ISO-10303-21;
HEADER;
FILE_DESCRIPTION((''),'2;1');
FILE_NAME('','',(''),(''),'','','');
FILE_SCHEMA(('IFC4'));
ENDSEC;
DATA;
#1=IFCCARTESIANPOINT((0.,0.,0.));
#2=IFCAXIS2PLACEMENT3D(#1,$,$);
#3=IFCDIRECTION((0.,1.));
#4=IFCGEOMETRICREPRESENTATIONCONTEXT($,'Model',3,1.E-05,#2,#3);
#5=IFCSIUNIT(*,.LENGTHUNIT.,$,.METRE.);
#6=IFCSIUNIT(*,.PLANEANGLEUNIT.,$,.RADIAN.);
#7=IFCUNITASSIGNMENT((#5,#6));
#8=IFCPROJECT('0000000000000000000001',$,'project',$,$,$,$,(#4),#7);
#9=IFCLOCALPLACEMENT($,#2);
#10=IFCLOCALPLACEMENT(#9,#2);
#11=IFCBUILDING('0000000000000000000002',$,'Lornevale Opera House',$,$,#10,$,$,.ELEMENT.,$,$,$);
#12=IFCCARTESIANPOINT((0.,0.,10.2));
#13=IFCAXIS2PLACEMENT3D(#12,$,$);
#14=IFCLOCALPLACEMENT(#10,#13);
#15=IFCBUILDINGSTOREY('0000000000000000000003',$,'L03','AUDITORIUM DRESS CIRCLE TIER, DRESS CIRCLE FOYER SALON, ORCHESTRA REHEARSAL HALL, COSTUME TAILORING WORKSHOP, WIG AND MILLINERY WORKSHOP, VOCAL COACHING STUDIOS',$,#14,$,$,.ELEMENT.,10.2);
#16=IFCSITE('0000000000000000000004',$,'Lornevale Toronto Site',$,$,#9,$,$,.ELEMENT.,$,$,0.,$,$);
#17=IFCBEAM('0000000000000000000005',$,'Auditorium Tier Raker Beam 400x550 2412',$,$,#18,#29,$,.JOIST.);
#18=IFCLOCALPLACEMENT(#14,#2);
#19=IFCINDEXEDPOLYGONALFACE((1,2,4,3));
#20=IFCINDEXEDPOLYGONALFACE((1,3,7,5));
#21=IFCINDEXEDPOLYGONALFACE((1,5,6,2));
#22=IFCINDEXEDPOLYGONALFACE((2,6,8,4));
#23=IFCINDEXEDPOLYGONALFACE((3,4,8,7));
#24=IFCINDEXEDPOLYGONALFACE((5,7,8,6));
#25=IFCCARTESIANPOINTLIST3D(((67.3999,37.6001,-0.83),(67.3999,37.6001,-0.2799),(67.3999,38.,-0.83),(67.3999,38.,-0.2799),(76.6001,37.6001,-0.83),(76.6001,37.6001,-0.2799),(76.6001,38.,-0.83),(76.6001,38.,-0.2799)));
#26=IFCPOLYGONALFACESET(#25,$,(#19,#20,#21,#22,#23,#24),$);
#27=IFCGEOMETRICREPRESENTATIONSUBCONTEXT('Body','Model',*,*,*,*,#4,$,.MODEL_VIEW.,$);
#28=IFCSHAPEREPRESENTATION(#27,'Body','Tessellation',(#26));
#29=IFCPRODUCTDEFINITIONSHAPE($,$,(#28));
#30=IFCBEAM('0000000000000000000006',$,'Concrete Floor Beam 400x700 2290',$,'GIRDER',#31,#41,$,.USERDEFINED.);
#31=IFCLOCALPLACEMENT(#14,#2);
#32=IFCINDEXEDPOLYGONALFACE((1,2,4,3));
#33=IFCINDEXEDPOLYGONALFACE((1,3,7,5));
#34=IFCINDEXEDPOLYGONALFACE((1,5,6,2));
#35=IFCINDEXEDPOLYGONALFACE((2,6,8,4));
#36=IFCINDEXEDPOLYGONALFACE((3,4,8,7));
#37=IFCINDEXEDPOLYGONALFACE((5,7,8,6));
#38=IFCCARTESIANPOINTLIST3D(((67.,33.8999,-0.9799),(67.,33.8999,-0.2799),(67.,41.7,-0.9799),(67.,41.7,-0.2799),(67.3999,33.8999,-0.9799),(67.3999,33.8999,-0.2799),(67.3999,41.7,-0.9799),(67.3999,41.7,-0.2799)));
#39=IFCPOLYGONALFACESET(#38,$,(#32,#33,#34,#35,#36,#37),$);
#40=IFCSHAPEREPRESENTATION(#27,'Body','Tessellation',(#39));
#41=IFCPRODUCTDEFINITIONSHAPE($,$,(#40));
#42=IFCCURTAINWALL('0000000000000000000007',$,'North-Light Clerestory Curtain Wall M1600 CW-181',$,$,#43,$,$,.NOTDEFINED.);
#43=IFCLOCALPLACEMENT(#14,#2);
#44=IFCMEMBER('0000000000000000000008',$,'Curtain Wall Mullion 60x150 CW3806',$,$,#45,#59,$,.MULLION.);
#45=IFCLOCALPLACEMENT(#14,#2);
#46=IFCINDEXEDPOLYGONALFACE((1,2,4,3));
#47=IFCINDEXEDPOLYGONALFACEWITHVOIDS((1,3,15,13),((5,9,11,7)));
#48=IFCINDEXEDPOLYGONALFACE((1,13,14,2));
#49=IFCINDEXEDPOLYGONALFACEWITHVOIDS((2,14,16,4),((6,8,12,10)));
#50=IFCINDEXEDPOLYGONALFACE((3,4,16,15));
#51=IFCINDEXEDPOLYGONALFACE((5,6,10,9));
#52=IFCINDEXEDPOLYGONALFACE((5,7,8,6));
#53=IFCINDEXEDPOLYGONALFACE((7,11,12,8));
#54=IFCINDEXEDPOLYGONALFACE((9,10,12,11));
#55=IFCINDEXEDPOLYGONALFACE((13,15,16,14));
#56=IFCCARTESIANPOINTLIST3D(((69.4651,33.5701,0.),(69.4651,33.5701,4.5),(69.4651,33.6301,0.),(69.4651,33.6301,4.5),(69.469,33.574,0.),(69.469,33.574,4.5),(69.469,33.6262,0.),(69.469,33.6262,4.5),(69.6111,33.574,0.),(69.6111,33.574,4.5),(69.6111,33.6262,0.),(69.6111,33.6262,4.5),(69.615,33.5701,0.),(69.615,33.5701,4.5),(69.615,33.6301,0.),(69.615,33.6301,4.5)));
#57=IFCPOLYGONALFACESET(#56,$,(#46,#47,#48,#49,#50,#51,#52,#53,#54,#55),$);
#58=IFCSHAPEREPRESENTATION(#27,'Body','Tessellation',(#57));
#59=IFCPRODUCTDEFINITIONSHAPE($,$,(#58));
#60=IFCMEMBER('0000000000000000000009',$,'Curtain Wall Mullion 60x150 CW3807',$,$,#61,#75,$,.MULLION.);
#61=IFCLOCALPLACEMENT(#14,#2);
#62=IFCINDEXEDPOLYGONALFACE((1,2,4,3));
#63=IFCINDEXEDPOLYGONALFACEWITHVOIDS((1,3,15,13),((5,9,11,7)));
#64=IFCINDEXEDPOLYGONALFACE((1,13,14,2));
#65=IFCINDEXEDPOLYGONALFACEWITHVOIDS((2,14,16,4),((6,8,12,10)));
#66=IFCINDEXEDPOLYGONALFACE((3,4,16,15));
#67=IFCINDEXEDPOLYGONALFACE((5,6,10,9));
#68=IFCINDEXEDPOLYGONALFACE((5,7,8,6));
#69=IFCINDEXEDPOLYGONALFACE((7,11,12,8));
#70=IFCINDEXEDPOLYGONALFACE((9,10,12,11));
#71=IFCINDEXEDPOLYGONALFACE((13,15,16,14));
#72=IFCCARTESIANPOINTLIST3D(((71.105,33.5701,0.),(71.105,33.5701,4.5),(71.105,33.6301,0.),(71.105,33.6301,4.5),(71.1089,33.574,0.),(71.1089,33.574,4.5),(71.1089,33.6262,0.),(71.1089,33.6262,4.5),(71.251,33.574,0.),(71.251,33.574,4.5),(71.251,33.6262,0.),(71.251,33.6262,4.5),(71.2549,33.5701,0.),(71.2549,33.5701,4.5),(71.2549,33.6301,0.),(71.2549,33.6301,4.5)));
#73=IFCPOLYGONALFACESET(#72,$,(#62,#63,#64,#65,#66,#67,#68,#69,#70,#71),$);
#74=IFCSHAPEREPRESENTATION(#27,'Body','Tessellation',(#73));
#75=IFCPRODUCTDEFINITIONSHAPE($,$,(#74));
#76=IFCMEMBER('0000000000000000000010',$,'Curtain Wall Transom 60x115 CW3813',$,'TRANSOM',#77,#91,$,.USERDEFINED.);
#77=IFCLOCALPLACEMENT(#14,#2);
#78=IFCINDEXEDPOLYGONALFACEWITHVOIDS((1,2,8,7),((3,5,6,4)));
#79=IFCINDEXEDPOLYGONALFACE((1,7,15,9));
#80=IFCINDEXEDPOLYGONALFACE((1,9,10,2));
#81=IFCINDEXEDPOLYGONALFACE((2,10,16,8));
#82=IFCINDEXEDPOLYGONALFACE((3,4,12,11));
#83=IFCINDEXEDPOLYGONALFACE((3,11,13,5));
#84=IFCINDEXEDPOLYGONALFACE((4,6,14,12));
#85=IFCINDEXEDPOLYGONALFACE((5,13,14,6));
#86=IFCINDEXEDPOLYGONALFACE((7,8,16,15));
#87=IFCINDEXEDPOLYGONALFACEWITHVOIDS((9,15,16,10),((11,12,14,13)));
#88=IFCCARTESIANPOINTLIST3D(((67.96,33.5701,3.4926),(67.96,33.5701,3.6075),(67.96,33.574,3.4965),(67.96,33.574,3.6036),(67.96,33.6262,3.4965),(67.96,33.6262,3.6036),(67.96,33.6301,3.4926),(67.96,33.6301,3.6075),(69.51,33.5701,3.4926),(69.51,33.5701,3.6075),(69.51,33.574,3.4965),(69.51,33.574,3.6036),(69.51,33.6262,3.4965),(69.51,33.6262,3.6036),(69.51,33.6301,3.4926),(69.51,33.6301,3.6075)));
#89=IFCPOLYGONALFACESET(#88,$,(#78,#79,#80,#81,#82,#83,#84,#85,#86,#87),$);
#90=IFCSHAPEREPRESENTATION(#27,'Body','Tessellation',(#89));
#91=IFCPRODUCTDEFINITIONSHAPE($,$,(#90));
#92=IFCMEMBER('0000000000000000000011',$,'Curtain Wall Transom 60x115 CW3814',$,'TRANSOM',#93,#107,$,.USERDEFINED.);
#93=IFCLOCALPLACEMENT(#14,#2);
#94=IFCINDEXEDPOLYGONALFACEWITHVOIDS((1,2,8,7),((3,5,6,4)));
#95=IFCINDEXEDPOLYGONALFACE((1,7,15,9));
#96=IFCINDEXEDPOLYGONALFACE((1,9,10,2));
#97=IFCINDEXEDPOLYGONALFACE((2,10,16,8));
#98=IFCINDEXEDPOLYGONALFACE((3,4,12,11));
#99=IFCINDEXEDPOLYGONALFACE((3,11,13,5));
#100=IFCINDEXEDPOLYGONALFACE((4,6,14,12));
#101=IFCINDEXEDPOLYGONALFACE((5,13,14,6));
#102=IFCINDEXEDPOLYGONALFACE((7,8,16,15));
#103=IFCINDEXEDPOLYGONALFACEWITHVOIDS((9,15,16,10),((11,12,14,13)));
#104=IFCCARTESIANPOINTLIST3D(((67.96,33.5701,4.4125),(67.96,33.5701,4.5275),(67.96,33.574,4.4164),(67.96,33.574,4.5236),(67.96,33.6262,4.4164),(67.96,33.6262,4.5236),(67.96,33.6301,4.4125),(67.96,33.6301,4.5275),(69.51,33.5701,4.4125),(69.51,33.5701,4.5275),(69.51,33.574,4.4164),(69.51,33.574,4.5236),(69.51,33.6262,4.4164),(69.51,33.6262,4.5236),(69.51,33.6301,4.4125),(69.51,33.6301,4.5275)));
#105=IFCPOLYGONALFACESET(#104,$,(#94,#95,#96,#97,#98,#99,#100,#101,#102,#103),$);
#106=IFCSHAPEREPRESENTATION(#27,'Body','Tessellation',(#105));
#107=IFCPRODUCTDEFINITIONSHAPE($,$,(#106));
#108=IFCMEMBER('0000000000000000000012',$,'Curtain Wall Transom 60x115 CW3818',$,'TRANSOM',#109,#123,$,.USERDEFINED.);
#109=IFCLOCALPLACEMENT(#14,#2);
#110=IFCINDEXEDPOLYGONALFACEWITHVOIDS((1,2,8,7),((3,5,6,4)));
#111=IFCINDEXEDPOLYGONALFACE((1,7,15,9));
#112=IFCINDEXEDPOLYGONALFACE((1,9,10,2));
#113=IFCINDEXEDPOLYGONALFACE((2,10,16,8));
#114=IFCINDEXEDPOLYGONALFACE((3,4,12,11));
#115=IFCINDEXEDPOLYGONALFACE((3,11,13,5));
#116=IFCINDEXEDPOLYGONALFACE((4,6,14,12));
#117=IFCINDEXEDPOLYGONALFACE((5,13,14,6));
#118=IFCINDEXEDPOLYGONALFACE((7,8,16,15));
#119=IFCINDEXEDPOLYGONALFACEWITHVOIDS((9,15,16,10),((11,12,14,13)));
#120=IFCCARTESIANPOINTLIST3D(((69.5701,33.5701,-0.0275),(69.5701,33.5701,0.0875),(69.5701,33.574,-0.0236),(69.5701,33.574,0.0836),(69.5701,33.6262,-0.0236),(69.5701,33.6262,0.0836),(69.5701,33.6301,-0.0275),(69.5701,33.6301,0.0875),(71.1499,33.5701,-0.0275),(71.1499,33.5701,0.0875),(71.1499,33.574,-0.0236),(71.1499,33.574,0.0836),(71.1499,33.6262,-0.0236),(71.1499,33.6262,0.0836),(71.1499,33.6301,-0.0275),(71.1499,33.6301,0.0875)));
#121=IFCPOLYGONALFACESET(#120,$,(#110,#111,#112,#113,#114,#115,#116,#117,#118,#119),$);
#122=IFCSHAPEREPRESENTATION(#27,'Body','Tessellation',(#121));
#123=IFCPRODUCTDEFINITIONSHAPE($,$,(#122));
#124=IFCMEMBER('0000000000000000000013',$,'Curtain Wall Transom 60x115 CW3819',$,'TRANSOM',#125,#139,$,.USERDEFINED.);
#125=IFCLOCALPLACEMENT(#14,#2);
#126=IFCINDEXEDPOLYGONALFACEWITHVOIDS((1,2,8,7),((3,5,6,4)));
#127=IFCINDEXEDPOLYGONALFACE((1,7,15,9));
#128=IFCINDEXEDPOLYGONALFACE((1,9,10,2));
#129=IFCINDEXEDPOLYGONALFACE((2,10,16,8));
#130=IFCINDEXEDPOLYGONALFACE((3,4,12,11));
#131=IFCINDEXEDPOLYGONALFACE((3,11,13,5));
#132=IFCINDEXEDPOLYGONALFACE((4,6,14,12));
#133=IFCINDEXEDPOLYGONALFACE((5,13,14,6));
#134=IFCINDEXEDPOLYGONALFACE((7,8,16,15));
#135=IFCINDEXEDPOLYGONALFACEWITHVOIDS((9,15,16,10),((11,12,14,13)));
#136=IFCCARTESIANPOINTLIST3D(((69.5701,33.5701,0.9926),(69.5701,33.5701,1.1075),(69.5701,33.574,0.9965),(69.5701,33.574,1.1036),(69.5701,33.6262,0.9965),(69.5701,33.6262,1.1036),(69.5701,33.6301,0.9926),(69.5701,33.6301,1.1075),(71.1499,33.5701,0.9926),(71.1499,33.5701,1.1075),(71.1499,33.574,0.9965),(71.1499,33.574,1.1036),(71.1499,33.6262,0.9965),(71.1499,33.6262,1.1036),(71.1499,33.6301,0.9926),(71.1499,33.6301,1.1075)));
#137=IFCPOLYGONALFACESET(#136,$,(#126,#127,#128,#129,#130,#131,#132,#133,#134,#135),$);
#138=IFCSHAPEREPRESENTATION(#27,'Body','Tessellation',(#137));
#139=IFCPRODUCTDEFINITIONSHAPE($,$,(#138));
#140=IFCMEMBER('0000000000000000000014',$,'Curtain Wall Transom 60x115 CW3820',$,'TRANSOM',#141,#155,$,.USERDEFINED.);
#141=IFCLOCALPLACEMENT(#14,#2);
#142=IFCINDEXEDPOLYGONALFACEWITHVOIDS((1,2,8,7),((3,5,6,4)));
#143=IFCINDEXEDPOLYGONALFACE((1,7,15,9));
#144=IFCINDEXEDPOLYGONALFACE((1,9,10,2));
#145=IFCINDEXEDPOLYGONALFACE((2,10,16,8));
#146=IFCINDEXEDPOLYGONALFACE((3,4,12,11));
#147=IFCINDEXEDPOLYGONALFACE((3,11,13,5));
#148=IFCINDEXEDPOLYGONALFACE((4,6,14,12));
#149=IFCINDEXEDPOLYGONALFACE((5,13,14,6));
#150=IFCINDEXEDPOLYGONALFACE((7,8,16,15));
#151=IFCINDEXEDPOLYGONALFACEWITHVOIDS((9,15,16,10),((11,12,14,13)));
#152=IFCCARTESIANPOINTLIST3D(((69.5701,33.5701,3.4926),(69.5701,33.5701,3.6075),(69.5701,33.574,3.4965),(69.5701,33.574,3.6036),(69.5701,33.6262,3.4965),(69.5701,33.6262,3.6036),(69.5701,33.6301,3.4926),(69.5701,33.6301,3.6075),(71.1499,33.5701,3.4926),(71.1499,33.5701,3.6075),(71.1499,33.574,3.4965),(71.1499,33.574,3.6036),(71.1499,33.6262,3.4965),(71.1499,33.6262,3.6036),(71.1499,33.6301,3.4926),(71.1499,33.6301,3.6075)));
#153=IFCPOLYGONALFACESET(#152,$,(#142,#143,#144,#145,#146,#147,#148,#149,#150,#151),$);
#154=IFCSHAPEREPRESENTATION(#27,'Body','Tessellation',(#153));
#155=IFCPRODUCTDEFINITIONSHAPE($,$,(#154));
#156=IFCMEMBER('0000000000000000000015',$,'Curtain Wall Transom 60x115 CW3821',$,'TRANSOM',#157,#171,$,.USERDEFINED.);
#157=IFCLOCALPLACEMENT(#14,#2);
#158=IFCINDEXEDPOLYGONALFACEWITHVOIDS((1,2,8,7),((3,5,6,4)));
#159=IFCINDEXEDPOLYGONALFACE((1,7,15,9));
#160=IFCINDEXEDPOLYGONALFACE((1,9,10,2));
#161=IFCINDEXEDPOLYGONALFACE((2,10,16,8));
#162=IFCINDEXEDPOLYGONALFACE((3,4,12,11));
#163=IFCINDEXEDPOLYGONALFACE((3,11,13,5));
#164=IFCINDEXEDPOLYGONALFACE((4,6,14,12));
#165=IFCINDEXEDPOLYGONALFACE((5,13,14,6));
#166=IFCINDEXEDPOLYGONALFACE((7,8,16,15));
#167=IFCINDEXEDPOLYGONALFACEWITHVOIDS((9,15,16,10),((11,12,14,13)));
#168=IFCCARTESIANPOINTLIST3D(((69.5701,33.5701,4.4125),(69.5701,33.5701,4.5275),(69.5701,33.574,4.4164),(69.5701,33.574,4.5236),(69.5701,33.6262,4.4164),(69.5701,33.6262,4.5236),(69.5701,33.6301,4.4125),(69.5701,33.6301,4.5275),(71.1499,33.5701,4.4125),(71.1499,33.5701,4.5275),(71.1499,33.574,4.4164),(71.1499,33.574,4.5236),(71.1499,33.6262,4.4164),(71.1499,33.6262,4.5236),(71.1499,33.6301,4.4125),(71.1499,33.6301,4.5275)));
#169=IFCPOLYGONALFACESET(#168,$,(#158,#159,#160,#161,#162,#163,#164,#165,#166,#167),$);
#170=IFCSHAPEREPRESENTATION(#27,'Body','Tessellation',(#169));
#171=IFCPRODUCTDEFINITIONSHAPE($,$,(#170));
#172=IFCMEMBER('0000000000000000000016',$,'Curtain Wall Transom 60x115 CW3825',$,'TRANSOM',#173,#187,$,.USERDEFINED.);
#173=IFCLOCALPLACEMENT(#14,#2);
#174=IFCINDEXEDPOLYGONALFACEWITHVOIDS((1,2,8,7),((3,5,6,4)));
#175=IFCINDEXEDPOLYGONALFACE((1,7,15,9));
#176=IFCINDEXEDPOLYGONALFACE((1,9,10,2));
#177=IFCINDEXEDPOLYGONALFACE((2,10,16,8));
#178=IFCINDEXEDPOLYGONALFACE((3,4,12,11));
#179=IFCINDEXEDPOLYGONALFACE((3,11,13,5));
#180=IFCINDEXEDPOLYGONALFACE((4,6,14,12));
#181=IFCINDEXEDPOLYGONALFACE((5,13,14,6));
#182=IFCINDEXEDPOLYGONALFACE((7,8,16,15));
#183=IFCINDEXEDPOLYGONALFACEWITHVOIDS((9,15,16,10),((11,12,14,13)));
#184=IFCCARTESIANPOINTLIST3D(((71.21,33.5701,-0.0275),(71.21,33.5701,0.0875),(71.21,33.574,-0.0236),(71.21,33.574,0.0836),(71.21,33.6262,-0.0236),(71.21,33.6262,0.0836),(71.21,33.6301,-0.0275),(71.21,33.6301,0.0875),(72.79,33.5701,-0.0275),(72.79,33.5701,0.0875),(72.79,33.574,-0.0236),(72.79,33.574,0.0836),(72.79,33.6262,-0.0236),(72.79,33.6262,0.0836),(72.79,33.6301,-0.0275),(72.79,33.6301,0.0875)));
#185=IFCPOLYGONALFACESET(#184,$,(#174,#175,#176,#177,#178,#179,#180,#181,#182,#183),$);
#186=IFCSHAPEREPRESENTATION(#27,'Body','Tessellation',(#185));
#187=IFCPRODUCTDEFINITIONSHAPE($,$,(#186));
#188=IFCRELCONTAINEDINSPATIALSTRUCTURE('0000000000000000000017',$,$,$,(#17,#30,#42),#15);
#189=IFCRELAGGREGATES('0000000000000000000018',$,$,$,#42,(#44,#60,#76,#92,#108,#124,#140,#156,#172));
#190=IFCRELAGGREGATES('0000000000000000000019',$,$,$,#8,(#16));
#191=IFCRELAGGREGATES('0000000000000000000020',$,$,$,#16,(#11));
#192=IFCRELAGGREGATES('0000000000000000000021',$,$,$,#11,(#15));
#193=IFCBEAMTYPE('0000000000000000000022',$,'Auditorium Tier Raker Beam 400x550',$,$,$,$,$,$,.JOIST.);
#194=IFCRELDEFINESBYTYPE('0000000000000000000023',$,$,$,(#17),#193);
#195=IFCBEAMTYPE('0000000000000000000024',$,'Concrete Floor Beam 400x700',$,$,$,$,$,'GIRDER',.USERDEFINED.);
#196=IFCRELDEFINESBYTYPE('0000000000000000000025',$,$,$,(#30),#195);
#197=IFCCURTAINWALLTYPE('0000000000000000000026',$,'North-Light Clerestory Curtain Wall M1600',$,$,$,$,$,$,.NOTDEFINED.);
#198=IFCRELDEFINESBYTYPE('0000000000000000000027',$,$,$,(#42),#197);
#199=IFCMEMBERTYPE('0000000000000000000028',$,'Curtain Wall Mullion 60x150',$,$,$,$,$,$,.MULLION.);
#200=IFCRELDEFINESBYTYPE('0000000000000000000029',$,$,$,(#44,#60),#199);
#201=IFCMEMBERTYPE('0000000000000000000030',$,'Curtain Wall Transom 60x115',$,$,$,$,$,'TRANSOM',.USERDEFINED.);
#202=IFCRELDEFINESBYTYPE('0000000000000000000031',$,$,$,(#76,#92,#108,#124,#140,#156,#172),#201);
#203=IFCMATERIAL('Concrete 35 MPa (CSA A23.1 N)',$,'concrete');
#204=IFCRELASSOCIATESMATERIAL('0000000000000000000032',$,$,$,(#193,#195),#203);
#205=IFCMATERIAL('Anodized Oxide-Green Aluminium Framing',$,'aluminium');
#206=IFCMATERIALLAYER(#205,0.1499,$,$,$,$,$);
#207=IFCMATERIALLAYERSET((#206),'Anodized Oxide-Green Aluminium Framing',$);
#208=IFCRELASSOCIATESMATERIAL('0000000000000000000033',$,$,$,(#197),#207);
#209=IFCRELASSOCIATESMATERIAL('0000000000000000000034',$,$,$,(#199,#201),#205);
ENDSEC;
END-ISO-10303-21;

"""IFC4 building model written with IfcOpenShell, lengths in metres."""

from ifc_helpers import new_model, si_unit, direction, frame, origin, origin_2d, place, context, subcontext, project, spatial, rectangle, hollow_rectangle, extrude, material, layer, layer_set, material_profile, profile_set, type_object, element, aggregate, save


model = new_model("IFC4")

# Units and contexts
model_context = context("Model", 3, precision=1e-05, world=origin(), true_north=direction((0.0, 1.0)))
body_context = subcontext(model_context, "Body", "Model", "MODEL_VIEW")
ifc_project = project(units=[si_unit("LENGTHUNIT", "METRE"), si_unit("PLANEANGLEUNIT", "RADIAN")], contexts=[model_context])

# Site, building, storey
site_placement = place(None, origin())
site = spatial("IfcSite", under=ifc_project, at=site_placement, Name="Lornevale Toronto Site", CompositionType="ELEMENT", RefElevation=0.0)
building_placement = place(site_placement, origin())
building = spatial("IfcBuilding", under=site, at=building_placement, Name="Lornevale Opera House", CompositionType="ELEMENT")
storey_placement = place(building_placement, frame((0.0, 0.0, 10.2)))
storey = spatial("IfcBuildingStorey", under=building, at=storey_placement, Name="L03", Description="AUDITORIUM DRESS CIRCLE TIER, DRESS CIRCLE FOYER SALON, ORCHESTRA REHEARSAL HALL, COSTUME TAILORING WORKSHOP, WIG AND MILLINERY WORKSHOP, VOCAL COACHING STUDIOS", CompositionType="ELEMENT", Elevation=10.2)

# Beams
ifc_material_1 = material(Name="Concrete 35 MPa (CSA A23.1 N)", Category="concrete")
ifc_material_profile_1 = material_profile(ifc_material_1, rectangle(XDim=0.3999, YDim=0.55, at=origin_2d()), Name="RC400x550")
ifc_profile_set_1 = profile_set([ifc_material_profile_1], Name="Concrete 35 MPa (CSA A23.1 N)")
beam_type_1 = type_object("IfcBeamType", Name="Auditorium Tier Raker Beam 400x550", PredefinedType="JOIST", material=ifc_profile_set_1)
beam_1_placement = place(storey_placement, frame((67.3999, 37.8, -0.5549), z_axis=(1.0, 0.0, 0.0), x_axis=(0.0, 1.0, 0.0)))
element("IfcBeam", 1, at=beam_1_placement, inside=storey, type_object=beam_type_1, Name="Auditorium Tier Raker Beam 400x550 2412", PredefinedType="JOIST", context=body_context, shape_type="SweptSolid", body=[
    extrude(rectangle(XDim=0.3999, YDim=0.55, at=origin_2d()), origin(), (0.0, 0.0, 1.0), 9.2002),
])
ifc_material_profile_2 = material_profile(ifc_material_1, rectangle(XDim=0.3999, YDim=0.7, at=origin_2d()), Name="RC400x700")
ifc_profile_set_2 = profile_set([ifc_material_profile_2], Name="Concrete 35 MPa (CSA A23.1 N)")
beam_type_2 = type_object("IfcBeamType", Name="Concrete Floor Beam 400x700", ElementType="GIRDER", PredefinedType="USERDEFINED", material=ifc_profile_set_2)
beam_2_placement = place(storey_placement, frame((67.2, 33.8999, -0.6299), z_axis=(0.0, 1.0, 0.0), x_axis=(-1.0, 0.0, 0.0)))
element("IfcBeam", 2, at=beam_2_placement, inside=storey, type_object=beam_type_2, Name="Concrete Floor Beam 400x700 2290", ObjectType="GIRDER", PredefinedType="USERDEFINED", context=body_context, shape_type="SweptSolid", body=[
    extrude(rectangle(XDim=0.3999, YDim=0.7, at=origin_2d()), origin(), (0.0, 0.0, 1.0), 7.8),
])

# Curtain wall, members
ifc_material_2 = material(Name="Anodized Oxide-Green Aluminium Framing", Category="aluminium")
ifc_layer_1 = layer(ifc_material_2, 0.1499)
ifc_layer_set_1 = layer_set([ifc_layer_1], Name="Anodized Oxide-Green Aluminium Framing")
curtain_wall_type = type_object("IfcCurtainWallType", Name="North-Light Clerestory Curtain Wall M1600", PredefinedType="NOTDEFINED", material=ifc_layer_set_1)
curtain_wall_placement = place(storey_placement, origin())
curtain_wall = element("IfcCurtainWall", 3, at=curtain_wall_placement, inside=storey, type_object=curtain_wall_type, Name="North-Light Clerestory Curtain Wall M1600 CW-181", PredefinedType="NOTDEFINED")
ifc_material_profile_3 = material_profile(ifc_material_2, hollow_rectangle(XDim=0.0601, YDim=0.1499, WallThickness=0.0039, at=origin_2d()), Name="ALU60x150x4")
ifc_profile_set_3 = profile_set([ifc_material_profile_3], Name="Anodized Oxide-Green Aluminium Framing")
member_type_1 = type_object("IfcMemberType", Name="Curtain Wall Mullion 60x150", PredefinedType="MULLION", material=ifc_profile_set_3)
member_1_placement = place(storey_placement, frame((69.54, 33.6001, 0.0), z_axis=(0.0, 0.0, 1.0), x_axis=(0.0, 1.0, 0.0)))
member_1 = element("IfcMember", 4, at=member_1_placement, type_object=member_type_1, Name="Curtain Wall Mullion 60x150 CW3806", PredefinedType="MULLION", context=body_context, shape_type="SweptSolid", body=[
    extrude(hollow_rectangle(XDim=0.0601, YDim=0.1499, WallThickness=0.0039, at=origin_2d()), origin(), (0.0, 0.0, 1.0), 4.5),
])
member_2_placement = place(storey_placement, frame((71.1799, 33.6001, 0.0), z_axis=(0.0, 0.0, 1.0), x_axis=(0.0, 1.0, 0.0)))
member_2 = element("IfcMember", 5, at=member_2_placement, type_object=member_type_1, Name="Curtain Wall Mullion 60x150 CW3807", PredefinedType="MULLION", context=body_context, shape_type="SweptSolid", body=[
    extrude(hollow_rectangle(XDim=0.0601, YDim=0.1499, WallThickness=0.0039, at=origin_2d()), origin(), (0.0, 0.0, 1.0), 4.5),
])
ifc_material_profile_4 = material_profile(ifc_material_2, hollow_rectangle(XDim=0.0601, YDim=0.115, WallThickness=0.0039, at=origin_2d()), Name="ALU60x115x4")
ifc_profile_set_4 = profile_set([ifc_material_profile_4], Name="Anodized Oxide-Green Aluminium Framing")
member_type_2 = type_object("IfcMemberType", Name="Curtain Wall Transom 60x115", ElementType="TRANSOM", PredefinedType="USERDEFINED", material=ifc_profile_set_4)
member_3_placement = place(storey_placement, frame((67.96, 33.6001, 3.55), z_axis=(1.0, 0.0, 0.0), x_axis=(0.0, 1.0, 0.0)))
member_3 = element("IfcMember", 6, at=member_3_placement, type_object=member_type_2, Name="Curtain Wall Transom 60x115 CW3813", ObjectType="TRANSOM", PredefinedType="USERDEFINED", context=body_context, shape_type="SweptSolid", body=[
    extrude(hollow_rectangle(XDim=0.0601, YDim=0.115, WallThickness=0.0039, at=origin_2d()), origin(), (0.0, 0.0, 1.0), 1.55),
])
member_4_placement = place(storey_placement, frame((67.96, 33.6001, 4.47), z_axis=(1.0, 0.0, 0.0), x_axis=(0.0, 1.0, 0.0)))
member_4 = element("IfcMember", 7, at=member_4_placement, type_object=member_type_2, Name="Curtain Wall Transom 60x115 CW3814", ObjectType="TRANSOM", PredefinedType="USERDEFINED", context=body_context, shape_type="SweptSolid", body=[
    extrude(hollow_rectangle(XDim=0.0601, YDim=0.115, WallThickness=0.0039, at=origin_2d()), origin(), (0.0, 0.0, 1.0), 1.55),
])
member_5_placement = place(storey_placement, frame((69.5701, 33.6001, 0.03), z_axis=(1.0, 0.0, 0.0), x_axis=(0.0, 1.0, 0.0)))
member_5 = element("IfcMember", 8, at=member_5_placement, type_object=member_type_2, Name="Curtain Wall Transom 60x115 CW3818", ObjectType="TRANSOM", PredefinedType="USERDEFINED", context=body_context, shape_type="SweptSolid", body=[
    extrude(hollow_rectangle(XDim=0.0601, YDim=0.115, WallThickness=0.0039, at=origin_2d()), origin(), (0.0, 0.0, 1.0), 1.5798),
])
member_6_placement = place(storey_placement, frame((69.5701, 33.6001, 1.05), z_axis=(1.0, 0.0, 0.0), x_axis=(0.0, 1.0, 0.0)))
member_6 = element("IfcMember", 9, at=member_6_placement, type_object=member_type_2, Name="Curtain Wall Transom 60x115 CW3819", ObjectType="TRANSOM", PredefinedType="USERDEFINED", context=body_context, shape_type="SweptSolid", body=[
    extrude(hollow_rectangle(XDim=0.0601, YDim=0.115, WallThickness=0.0039, at=origin_2d()), origin(), (0.0, 0.0, 1.0), 1.5798),
])
member_7_placement = place(storey_placement, frame((69.5701, 33.6001, 3.55), z_axis=(1.0, 0.0, 0.0), x_axis=(0.0, 1.0, 0.0)))
member_7 = element("IfcMember", 10, at=member_7_placement, type_object=member_type_2, Name="Curtain Wall Transom 60x115 CW3820", ObjectType="TRANSOM", PredefinedType="USERDEFINED", context=body_context, shape_type="SweptSolid", body=[
    extrude(hollow_rectangle(XDim=0.0601, YDim=0.115, WallThickness=0.0039, at=origin_2d()), origin(), (0.0, 0.0, 1.0), 1.5798),
])
member_8_placement = place(storey_placement, frame((69.5701, 33.6001, 4.47), z_axis=(1.0, 0.0, 0.0), x_axis=(0.0, 1.0, 0.0)))
member_8 = element("IfcMember", 11, at=member_8_placement, type_object=member_type_2, Name="Curtain Wall Transom 60x115 CW3821", ObjectType="TRANSOM", PredefinedType="USERDEFINED", context=body_context, shape_type="SweptSolid", body=[
    extrude(hollow_rectangle(XDim=0.0601, YDim=0.115, WallThickness=0.0039, at=origin_2d()), origin(), (0.0, 0.0, 1.0), 1.5798),
])
member_9_placement = place(storey_placement, frame((71.21, 33.6001, 0.03), z_axis=(1.0, 0.0, 0.0), x_axis=(0.0, 1.0, 0.0)))
member_9 = element("IfcMember", 12, at=member_9_placement, type_object=member_type_2, Name="Curtain Wall Transom 60x115 CW3825", ObjectType="TRANSOM", PredefinedType="USERDEFINED", context=body_context, shape_type="SweptSolid", body=[
    extrude(hollow_rectangle(XDim=0.0601, YDim=0.115, WallThickness=0.0039, at=origin_2d()), origin(), (0.0, 0.0, 1.0), 1.5801),
])
aggregate(curtain_wall, [member_1, member_2, member_3, member_4, member_5, member_6, member_7, member_8, member_9])

save(model, "model.ifc")
